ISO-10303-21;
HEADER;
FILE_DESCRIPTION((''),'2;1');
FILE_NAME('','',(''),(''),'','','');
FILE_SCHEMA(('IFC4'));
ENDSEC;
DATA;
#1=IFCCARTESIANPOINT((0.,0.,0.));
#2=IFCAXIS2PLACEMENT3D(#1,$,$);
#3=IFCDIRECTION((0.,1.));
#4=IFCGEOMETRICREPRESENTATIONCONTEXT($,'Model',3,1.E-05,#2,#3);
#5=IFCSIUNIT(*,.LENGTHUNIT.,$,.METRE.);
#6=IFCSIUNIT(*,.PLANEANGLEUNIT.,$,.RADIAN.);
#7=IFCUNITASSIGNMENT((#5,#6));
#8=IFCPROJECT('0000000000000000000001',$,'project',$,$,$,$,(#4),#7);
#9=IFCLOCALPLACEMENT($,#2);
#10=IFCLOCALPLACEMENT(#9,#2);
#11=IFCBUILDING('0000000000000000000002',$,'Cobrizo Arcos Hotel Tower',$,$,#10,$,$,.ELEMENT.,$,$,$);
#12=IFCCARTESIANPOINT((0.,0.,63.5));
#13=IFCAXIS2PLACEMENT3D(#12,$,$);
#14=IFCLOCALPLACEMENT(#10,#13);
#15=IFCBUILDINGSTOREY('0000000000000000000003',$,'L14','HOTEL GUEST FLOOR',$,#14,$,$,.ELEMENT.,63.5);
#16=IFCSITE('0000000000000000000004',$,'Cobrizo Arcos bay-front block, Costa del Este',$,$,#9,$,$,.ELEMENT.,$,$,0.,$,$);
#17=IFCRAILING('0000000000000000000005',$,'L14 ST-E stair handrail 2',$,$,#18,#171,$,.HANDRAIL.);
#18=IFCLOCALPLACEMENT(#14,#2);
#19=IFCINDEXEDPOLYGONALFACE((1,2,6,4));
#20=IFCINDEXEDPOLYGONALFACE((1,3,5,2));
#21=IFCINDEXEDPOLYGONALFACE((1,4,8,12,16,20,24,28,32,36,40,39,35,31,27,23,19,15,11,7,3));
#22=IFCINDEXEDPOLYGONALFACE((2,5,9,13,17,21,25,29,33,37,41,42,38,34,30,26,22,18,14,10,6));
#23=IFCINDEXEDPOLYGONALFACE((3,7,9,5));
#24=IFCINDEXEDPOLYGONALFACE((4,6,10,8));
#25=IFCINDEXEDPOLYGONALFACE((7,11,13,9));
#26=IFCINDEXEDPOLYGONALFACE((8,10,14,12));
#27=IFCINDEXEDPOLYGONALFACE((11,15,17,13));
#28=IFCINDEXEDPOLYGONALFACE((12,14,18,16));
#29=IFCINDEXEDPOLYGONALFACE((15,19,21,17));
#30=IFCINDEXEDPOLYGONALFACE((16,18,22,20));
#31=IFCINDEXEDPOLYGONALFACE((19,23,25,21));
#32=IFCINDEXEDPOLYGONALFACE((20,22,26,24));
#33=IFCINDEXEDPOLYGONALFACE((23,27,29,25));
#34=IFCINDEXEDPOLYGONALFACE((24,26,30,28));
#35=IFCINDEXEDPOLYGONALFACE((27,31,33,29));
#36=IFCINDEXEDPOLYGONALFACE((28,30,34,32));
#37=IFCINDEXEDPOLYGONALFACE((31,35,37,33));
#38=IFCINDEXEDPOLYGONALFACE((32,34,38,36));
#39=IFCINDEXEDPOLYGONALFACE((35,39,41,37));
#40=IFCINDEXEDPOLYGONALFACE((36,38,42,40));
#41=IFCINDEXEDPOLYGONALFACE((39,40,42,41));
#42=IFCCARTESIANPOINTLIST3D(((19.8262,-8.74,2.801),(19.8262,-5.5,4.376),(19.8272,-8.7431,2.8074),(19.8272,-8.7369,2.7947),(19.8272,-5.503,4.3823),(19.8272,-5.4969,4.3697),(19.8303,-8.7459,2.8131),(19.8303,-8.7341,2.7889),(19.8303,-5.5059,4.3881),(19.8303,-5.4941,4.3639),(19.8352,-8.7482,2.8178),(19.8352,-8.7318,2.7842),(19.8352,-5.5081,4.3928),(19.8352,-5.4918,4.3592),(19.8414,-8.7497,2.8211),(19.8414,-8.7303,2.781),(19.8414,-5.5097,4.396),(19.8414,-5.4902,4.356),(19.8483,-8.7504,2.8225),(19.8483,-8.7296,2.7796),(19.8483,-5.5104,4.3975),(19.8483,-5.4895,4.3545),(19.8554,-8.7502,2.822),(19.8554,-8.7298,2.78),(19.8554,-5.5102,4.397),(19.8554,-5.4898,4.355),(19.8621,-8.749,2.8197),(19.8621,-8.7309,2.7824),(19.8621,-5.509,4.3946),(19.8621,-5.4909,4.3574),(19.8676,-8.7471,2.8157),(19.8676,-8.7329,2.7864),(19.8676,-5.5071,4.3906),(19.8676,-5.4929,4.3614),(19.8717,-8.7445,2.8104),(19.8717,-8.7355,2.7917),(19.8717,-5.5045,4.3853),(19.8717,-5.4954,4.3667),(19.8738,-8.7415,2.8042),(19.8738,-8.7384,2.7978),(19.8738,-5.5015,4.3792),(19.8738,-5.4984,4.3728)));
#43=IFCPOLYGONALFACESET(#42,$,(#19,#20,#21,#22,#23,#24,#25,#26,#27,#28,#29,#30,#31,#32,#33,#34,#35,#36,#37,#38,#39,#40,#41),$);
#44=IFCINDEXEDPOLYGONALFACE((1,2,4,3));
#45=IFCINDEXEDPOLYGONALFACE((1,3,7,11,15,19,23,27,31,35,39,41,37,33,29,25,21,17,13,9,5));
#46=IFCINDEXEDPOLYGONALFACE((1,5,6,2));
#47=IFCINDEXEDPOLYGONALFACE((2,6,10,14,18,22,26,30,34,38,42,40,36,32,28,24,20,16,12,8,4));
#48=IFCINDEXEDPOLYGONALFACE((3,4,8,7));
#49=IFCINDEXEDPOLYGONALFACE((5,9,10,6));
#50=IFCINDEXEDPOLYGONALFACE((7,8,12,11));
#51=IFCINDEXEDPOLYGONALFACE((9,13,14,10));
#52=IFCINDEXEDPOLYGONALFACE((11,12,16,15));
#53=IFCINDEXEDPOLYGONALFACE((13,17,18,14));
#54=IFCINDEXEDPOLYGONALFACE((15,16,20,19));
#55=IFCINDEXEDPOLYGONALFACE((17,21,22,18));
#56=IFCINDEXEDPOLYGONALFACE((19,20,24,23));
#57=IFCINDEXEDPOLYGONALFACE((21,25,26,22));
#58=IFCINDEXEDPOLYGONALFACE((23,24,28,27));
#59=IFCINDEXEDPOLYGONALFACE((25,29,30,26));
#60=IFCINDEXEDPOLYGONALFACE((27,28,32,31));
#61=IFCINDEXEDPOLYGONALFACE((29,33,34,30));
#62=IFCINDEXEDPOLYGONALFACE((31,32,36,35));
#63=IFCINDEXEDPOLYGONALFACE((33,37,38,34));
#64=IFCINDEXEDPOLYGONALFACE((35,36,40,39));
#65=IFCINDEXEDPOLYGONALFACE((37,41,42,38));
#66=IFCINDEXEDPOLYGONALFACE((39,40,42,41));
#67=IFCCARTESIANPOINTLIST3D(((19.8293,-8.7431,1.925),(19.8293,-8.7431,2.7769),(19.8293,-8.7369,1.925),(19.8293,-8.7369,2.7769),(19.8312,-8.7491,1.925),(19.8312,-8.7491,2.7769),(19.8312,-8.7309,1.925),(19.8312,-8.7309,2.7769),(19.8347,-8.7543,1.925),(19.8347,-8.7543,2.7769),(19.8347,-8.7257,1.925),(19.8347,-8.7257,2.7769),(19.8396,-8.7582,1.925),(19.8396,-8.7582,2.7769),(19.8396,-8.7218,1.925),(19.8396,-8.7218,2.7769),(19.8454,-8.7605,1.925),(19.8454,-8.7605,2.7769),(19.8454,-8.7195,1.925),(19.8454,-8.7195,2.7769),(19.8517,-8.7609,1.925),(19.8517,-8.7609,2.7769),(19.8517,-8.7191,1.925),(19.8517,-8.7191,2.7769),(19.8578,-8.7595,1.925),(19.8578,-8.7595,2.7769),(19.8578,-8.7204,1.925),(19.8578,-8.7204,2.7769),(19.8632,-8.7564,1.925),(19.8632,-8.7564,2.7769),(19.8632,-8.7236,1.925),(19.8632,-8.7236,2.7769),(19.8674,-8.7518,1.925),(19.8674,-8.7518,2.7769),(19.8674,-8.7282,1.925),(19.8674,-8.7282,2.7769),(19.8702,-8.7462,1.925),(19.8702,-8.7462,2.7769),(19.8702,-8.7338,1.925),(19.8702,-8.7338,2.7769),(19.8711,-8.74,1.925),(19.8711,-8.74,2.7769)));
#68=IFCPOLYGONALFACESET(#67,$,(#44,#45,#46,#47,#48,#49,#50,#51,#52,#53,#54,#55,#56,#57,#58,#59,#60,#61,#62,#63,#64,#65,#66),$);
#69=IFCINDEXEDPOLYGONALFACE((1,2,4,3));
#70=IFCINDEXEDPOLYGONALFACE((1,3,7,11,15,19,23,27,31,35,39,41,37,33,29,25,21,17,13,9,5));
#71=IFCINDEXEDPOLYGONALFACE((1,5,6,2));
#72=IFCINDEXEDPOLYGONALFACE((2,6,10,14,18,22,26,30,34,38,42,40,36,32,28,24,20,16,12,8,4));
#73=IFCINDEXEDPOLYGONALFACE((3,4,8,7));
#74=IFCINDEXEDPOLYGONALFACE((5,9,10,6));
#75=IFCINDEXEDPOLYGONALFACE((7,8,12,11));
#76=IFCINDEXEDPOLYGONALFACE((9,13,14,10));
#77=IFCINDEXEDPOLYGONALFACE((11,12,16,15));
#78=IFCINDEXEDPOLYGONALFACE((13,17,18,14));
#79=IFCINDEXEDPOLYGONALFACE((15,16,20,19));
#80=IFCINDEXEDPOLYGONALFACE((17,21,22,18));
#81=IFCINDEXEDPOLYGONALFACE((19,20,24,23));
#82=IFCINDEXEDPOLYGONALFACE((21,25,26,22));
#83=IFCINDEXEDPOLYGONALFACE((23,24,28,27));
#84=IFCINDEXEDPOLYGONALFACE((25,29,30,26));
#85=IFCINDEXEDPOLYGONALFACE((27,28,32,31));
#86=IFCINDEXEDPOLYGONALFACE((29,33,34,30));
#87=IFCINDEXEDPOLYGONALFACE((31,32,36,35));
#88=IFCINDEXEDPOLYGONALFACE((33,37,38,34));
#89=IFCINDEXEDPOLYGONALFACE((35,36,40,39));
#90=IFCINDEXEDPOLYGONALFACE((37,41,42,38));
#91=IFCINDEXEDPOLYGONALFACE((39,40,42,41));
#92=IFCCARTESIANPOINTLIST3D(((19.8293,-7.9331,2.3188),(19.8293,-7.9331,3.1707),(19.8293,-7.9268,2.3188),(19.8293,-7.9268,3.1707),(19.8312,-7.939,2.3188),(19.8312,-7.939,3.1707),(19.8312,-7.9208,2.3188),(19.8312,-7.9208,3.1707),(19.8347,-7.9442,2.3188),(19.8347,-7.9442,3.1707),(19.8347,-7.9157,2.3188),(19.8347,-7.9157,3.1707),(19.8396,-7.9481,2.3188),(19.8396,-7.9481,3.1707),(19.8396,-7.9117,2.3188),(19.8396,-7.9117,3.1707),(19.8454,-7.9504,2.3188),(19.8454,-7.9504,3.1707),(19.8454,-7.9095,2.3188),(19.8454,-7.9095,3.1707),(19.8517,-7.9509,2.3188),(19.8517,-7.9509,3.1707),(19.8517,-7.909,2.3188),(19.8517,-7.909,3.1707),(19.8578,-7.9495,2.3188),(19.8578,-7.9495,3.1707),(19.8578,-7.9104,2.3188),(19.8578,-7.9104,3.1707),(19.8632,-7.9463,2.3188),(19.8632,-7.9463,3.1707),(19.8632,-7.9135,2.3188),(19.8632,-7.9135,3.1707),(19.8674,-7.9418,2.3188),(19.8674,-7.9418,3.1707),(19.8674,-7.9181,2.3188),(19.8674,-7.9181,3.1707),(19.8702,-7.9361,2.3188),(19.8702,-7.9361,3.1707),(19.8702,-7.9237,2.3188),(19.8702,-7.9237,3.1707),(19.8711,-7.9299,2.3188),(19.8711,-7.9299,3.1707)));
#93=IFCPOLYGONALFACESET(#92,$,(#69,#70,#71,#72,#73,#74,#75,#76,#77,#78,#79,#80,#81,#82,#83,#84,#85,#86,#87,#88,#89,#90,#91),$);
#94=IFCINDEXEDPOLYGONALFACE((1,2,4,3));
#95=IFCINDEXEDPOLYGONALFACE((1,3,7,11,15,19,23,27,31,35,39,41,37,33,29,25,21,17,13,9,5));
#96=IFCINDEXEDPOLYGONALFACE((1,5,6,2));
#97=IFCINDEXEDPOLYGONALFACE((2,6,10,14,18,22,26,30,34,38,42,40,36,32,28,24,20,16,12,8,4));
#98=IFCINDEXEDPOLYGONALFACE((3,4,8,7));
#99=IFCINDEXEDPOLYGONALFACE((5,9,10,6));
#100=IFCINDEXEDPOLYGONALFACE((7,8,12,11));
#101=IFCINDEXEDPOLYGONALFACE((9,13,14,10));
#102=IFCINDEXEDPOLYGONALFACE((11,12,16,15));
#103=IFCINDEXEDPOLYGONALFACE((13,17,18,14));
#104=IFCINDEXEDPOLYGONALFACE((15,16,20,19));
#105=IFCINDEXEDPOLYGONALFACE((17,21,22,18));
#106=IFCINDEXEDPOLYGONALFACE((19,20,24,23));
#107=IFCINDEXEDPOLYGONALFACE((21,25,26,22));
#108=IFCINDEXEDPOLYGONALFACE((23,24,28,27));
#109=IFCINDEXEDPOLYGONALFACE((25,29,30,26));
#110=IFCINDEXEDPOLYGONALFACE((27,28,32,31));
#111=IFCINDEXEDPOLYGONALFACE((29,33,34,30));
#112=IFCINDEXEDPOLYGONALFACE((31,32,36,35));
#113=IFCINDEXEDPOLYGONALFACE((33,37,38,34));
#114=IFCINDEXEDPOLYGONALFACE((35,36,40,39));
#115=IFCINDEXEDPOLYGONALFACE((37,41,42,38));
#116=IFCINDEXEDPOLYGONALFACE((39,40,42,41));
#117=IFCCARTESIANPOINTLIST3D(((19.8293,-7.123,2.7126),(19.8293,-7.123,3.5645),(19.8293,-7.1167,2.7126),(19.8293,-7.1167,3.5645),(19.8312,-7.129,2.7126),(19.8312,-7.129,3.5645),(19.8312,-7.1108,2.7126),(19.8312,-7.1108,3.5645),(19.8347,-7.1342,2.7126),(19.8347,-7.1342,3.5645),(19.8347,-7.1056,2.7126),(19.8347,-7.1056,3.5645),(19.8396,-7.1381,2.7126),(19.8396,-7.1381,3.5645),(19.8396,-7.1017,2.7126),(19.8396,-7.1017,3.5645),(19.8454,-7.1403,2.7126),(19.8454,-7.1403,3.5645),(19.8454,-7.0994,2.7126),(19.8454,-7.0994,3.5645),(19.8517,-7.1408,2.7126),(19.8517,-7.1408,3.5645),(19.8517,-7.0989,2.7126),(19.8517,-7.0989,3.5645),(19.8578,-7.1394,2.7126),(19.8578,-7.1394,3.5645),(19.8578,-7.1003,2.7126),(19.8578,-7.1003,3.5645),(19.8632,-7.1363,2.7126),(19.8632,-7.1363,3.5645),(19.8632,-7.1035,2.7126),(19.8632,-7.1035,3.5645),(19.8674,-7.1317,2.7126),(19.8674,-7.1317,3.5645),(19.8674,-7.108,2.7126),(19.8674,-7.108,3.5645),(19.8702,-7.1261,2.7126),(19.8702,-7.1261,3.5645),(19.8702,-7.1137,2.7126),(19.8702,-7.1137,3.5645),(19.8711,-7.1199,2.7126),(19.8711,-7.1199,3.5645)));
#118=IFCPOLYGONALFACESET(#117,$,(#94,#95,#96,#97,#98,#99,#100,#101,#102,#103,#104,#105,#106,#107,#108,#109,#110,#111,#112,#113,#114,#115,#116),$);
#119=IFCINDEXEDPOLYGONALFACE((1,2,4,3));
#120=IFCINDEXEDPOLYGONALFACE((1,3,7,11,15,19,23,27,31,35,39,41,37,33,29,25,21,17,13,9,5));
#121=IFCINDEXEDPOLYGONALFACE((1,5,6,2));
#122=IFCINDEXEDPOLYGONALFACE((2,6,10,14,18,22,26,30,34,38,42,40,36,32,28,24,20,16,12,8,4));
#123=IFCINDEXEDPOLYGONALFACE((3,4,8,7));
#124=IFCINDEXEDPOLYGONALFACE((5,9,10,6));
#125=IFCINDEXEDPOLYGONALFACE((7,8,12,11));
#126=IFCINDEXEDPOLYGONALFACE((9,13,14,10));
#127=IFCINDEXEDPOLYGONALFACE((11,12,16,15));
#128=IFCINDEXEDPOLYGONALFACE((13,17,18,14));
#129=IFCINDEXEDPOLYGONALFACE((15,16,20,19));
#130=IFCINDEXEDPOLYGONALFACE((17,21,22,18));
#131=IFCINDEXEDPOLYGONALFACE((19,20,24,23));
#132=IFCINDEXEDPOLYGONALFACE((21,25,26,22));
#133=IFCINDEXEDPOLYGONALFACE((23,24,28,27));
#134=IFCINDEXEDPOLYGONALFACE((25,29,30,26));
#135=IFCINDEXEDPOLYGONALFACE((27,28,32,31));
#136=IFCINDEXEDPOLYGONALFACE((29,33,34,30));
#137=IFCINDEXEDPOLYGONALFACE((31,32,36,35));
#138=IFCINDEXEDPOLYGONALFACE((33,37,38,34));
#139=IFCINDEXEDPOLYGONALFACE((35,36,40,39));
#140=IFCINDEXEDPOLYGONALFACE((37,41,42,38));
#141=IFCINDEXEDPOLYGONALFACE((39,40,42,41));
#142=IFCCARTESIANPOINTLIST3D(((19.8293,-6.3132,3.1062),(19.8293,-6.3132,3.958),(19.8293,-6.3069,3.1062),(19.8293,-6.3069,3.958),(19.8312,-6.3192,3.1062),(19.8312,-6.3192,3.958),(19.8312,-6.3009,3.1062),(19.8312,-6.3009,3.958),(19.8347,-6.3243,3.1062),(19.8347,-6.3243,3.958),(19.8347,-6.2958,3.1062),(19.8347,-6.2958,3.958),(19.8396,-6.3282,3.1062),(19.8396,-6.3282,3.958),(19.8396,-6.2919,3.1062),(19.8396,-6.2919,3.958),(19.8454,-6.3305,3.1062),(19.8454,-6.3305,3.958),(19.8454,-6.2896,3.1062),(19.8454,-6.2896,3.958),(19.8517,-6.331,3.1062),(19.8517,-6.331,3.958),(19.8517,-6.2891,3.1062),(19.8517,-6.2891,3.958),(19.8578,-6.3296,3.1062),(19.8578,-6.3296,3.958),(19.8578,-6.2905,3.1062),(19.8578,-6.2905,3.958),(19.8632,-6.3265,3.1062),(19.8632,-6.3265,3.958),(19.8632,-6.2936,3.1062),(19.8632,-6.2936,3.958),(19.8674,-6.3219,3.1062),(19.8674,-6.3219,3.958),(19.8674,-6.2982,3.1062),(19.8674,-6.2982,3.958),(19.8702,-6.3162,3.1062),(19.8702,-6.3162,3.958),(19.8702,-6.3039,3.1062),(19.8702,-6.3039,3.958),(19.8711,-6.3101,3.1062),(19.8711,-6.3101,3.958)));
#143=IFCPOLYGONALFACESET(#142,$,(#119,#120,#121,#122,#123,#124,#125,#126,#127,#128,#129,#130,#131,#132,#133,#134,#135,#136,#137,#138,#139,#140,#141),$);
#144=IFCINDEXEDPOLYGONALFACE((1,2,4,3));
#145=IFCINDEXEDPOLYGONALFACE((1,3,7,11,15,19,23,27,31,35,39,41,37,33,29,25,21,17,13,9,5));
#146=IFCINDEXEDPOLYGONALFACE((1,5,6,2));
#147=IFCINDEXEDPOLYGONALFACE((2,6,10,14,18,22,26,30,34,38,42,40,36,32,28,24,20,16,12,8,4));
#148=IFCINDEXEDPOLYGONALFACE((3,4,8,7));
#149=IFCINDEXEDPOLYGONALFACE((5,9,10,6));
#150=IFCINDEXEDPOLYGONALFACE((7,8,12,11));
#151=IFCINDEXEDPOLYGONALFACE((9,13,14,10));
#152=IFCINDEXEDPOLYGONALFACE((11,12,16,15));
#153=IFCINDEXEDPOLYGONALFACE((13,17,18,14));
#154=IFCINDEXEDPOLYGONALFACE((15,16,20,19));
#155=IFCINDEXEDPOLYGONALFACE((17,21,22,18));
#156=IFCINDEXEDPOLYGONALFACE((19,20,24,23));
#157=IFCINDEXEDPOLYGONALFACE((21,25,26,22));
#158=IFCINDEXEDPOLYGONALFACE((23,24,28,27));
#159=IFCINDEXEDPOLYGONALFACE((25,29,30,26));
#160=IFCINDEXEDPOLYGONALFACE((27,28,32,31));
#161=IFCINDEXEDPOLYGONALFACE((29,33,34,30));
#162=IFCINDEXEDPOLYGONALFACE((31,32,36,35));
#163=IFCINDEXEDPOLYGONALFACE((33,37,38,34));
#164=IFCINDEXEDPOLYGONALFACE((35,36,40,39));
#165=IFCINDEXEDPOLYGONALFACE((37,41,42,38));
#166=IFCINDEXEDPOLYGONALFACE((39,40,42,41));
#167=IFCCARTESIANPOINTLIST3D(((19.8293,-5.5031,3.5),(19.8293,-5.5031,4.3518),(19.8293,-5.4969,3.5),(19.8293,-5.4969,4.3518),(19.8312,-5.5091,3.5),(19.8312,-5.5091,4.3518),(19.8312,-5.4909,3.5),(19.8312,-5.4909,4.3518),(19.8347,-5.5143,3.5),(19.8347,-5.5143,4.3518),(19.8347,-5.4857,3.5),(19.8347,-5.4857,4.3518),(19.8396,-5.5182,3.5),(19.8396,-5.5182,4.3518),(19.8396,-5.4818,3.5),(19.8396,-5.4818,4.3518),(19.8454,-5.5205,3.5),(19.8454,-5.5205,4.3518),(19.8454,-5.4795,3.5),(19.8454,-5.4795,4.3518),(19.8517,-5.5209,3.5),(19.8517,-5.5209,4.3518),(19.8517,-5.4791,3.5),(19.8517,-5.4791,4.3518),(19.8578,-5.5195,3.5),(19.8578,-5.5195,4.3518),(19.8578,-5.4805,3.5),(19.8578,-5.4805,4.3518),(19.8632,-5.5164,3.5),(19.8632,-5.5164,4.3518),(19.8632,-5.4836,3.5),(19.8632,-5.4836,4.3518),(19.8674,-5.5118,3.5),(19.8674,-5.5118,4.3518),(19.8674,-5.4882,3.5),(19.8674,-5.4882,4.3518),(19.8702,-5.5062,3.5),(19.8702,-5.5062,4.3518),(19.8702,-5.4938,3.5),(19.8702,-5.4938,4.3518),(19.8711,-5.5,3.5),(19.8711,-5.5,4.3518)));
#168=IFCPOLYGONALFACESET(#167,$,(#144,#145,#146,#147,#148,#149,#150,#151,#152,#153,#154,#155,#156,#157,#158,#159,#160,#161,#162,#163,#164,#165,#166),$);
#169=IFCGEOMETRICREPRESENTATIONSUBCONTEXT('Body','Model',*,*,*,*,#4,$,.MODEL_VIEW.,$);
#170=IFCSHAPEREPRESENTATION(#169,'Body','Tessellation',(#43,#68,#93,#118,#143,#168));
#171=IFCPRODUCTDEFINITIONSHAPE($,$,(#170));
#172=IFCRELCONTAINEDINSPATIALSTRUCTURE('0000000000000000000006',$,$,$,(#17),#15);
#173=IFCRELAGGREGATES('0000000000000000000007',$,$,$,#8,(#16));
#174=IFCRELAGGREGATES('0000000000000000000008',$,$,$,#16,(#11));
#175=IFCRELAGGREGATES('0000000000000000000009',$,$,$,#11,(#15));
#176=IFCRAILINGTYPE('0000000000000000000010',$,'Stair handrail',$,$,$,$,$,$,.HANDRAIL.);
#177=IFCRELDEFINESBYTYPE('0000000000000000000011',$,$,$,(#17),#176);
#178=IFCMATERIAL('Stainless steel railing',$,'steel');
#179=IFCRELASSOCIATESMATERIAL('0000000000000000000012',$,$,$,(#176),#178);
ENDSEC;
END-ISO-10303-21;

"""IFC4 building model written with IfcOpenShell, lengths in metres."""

from ifc_helpers import new_model, si_unit, direction, frame, origin, origin_2d, place, context, subcontext, project, spatial, circle, extrude, material, type_object, element, save


model = new_model("IFC4")

# Units and contexts
model_context = context("Model", 3, precision=1e-05, world=origin(), true_north=direction((0.0, 1.0)))
body_context = subcontext(model_context, "Body", "Model", "MODEL_VIEW")
ifc_project = project(units=[si_unit("LENGTHUNIT", "METRE"), si_unit("PLANEANGLEUNIT", "RADIAN")], contexts=[model_context])

# Site, building, storey
site_placement = place(None, origin())
site = spatial("IfcSite", under=ifc_project, at=site_placement, Name="Cobrizo Arcos bay-front block, Costa del Este", CompositionType="ELEMENT", RefElevation=0.0)
building_placement = place(site_placement, origin())
building = spatial("IfcBuilding", under=site, at=building_placement, Name="Cobrizo Arcos Hotel Tower", CompositionType="ELEMENT")
storey_placement = place(building_placement, frame((0.0, 0.0, 63.5)))
storey = spatial("IfcBuildingStorey", under=building, at=storey_placement, Name="L14", Description="HOTEL GUEST FLOOR", CompositionType="ELEMENT", Elevation=63.5)

# Railing
ifc_material_1 = material(Name="Stainless steel railing", Category="steel")
railing_type_1 = type_object("IfcRailingType", Name="Stair handrail", PredefinedType="HANDRAIL", material=ifc_material_1)
railing_1_placement = place(storey_placement, frame((19.8501, -8.74, 1.925)))
element("IfcRailing", 1, at=railing_1_placement, inside=storey, type_object=railing_type_1, Name="L14 ST-E stair handrail 2", PredefinedType="HANDRAIL", context=body_context, shape_type="SweptSolid", body=[
    extrude(circle(Radius=0.0239, at=origin_2d()), frame((0.0, 0.0, 0.876), z_axis=(0.0, 0.899373, 0.437183), x_axis=(-1.0, 0.0, 0.0)), (0.0, 0.0, 1.0), 3.6025),
    extrude(circle(Radius=0.021, at=origin_2d()), origin(), (0.0, 0.0, 1.0), 0.8518),
    extrude(circle(Radius=0.021, at=origin_2d()), frame((0.0, 0.8101, 0.3938)), (0.0, 0.0, 1.0), 0.8518),
    extrude(circle(Radius=0.021, at=origin_2d()), frame((0.0, 1.6201, 0.7876)), (0.0, 0.0, 1.0), 0.8518),
    extrude(circle(Radius=0.021, at=origin_2d()), frame((0.0, 2.4299, 1.1812)), (0.0, 0.0, 1.0), 0.8518),
    extrude(circle(Radius=0.021, at=origin_2d()), frame((0.0, 3.24, 1.575)), (0.0, 0.0, 1.0), 0.8518),
])

save(model, "model.ifc")
